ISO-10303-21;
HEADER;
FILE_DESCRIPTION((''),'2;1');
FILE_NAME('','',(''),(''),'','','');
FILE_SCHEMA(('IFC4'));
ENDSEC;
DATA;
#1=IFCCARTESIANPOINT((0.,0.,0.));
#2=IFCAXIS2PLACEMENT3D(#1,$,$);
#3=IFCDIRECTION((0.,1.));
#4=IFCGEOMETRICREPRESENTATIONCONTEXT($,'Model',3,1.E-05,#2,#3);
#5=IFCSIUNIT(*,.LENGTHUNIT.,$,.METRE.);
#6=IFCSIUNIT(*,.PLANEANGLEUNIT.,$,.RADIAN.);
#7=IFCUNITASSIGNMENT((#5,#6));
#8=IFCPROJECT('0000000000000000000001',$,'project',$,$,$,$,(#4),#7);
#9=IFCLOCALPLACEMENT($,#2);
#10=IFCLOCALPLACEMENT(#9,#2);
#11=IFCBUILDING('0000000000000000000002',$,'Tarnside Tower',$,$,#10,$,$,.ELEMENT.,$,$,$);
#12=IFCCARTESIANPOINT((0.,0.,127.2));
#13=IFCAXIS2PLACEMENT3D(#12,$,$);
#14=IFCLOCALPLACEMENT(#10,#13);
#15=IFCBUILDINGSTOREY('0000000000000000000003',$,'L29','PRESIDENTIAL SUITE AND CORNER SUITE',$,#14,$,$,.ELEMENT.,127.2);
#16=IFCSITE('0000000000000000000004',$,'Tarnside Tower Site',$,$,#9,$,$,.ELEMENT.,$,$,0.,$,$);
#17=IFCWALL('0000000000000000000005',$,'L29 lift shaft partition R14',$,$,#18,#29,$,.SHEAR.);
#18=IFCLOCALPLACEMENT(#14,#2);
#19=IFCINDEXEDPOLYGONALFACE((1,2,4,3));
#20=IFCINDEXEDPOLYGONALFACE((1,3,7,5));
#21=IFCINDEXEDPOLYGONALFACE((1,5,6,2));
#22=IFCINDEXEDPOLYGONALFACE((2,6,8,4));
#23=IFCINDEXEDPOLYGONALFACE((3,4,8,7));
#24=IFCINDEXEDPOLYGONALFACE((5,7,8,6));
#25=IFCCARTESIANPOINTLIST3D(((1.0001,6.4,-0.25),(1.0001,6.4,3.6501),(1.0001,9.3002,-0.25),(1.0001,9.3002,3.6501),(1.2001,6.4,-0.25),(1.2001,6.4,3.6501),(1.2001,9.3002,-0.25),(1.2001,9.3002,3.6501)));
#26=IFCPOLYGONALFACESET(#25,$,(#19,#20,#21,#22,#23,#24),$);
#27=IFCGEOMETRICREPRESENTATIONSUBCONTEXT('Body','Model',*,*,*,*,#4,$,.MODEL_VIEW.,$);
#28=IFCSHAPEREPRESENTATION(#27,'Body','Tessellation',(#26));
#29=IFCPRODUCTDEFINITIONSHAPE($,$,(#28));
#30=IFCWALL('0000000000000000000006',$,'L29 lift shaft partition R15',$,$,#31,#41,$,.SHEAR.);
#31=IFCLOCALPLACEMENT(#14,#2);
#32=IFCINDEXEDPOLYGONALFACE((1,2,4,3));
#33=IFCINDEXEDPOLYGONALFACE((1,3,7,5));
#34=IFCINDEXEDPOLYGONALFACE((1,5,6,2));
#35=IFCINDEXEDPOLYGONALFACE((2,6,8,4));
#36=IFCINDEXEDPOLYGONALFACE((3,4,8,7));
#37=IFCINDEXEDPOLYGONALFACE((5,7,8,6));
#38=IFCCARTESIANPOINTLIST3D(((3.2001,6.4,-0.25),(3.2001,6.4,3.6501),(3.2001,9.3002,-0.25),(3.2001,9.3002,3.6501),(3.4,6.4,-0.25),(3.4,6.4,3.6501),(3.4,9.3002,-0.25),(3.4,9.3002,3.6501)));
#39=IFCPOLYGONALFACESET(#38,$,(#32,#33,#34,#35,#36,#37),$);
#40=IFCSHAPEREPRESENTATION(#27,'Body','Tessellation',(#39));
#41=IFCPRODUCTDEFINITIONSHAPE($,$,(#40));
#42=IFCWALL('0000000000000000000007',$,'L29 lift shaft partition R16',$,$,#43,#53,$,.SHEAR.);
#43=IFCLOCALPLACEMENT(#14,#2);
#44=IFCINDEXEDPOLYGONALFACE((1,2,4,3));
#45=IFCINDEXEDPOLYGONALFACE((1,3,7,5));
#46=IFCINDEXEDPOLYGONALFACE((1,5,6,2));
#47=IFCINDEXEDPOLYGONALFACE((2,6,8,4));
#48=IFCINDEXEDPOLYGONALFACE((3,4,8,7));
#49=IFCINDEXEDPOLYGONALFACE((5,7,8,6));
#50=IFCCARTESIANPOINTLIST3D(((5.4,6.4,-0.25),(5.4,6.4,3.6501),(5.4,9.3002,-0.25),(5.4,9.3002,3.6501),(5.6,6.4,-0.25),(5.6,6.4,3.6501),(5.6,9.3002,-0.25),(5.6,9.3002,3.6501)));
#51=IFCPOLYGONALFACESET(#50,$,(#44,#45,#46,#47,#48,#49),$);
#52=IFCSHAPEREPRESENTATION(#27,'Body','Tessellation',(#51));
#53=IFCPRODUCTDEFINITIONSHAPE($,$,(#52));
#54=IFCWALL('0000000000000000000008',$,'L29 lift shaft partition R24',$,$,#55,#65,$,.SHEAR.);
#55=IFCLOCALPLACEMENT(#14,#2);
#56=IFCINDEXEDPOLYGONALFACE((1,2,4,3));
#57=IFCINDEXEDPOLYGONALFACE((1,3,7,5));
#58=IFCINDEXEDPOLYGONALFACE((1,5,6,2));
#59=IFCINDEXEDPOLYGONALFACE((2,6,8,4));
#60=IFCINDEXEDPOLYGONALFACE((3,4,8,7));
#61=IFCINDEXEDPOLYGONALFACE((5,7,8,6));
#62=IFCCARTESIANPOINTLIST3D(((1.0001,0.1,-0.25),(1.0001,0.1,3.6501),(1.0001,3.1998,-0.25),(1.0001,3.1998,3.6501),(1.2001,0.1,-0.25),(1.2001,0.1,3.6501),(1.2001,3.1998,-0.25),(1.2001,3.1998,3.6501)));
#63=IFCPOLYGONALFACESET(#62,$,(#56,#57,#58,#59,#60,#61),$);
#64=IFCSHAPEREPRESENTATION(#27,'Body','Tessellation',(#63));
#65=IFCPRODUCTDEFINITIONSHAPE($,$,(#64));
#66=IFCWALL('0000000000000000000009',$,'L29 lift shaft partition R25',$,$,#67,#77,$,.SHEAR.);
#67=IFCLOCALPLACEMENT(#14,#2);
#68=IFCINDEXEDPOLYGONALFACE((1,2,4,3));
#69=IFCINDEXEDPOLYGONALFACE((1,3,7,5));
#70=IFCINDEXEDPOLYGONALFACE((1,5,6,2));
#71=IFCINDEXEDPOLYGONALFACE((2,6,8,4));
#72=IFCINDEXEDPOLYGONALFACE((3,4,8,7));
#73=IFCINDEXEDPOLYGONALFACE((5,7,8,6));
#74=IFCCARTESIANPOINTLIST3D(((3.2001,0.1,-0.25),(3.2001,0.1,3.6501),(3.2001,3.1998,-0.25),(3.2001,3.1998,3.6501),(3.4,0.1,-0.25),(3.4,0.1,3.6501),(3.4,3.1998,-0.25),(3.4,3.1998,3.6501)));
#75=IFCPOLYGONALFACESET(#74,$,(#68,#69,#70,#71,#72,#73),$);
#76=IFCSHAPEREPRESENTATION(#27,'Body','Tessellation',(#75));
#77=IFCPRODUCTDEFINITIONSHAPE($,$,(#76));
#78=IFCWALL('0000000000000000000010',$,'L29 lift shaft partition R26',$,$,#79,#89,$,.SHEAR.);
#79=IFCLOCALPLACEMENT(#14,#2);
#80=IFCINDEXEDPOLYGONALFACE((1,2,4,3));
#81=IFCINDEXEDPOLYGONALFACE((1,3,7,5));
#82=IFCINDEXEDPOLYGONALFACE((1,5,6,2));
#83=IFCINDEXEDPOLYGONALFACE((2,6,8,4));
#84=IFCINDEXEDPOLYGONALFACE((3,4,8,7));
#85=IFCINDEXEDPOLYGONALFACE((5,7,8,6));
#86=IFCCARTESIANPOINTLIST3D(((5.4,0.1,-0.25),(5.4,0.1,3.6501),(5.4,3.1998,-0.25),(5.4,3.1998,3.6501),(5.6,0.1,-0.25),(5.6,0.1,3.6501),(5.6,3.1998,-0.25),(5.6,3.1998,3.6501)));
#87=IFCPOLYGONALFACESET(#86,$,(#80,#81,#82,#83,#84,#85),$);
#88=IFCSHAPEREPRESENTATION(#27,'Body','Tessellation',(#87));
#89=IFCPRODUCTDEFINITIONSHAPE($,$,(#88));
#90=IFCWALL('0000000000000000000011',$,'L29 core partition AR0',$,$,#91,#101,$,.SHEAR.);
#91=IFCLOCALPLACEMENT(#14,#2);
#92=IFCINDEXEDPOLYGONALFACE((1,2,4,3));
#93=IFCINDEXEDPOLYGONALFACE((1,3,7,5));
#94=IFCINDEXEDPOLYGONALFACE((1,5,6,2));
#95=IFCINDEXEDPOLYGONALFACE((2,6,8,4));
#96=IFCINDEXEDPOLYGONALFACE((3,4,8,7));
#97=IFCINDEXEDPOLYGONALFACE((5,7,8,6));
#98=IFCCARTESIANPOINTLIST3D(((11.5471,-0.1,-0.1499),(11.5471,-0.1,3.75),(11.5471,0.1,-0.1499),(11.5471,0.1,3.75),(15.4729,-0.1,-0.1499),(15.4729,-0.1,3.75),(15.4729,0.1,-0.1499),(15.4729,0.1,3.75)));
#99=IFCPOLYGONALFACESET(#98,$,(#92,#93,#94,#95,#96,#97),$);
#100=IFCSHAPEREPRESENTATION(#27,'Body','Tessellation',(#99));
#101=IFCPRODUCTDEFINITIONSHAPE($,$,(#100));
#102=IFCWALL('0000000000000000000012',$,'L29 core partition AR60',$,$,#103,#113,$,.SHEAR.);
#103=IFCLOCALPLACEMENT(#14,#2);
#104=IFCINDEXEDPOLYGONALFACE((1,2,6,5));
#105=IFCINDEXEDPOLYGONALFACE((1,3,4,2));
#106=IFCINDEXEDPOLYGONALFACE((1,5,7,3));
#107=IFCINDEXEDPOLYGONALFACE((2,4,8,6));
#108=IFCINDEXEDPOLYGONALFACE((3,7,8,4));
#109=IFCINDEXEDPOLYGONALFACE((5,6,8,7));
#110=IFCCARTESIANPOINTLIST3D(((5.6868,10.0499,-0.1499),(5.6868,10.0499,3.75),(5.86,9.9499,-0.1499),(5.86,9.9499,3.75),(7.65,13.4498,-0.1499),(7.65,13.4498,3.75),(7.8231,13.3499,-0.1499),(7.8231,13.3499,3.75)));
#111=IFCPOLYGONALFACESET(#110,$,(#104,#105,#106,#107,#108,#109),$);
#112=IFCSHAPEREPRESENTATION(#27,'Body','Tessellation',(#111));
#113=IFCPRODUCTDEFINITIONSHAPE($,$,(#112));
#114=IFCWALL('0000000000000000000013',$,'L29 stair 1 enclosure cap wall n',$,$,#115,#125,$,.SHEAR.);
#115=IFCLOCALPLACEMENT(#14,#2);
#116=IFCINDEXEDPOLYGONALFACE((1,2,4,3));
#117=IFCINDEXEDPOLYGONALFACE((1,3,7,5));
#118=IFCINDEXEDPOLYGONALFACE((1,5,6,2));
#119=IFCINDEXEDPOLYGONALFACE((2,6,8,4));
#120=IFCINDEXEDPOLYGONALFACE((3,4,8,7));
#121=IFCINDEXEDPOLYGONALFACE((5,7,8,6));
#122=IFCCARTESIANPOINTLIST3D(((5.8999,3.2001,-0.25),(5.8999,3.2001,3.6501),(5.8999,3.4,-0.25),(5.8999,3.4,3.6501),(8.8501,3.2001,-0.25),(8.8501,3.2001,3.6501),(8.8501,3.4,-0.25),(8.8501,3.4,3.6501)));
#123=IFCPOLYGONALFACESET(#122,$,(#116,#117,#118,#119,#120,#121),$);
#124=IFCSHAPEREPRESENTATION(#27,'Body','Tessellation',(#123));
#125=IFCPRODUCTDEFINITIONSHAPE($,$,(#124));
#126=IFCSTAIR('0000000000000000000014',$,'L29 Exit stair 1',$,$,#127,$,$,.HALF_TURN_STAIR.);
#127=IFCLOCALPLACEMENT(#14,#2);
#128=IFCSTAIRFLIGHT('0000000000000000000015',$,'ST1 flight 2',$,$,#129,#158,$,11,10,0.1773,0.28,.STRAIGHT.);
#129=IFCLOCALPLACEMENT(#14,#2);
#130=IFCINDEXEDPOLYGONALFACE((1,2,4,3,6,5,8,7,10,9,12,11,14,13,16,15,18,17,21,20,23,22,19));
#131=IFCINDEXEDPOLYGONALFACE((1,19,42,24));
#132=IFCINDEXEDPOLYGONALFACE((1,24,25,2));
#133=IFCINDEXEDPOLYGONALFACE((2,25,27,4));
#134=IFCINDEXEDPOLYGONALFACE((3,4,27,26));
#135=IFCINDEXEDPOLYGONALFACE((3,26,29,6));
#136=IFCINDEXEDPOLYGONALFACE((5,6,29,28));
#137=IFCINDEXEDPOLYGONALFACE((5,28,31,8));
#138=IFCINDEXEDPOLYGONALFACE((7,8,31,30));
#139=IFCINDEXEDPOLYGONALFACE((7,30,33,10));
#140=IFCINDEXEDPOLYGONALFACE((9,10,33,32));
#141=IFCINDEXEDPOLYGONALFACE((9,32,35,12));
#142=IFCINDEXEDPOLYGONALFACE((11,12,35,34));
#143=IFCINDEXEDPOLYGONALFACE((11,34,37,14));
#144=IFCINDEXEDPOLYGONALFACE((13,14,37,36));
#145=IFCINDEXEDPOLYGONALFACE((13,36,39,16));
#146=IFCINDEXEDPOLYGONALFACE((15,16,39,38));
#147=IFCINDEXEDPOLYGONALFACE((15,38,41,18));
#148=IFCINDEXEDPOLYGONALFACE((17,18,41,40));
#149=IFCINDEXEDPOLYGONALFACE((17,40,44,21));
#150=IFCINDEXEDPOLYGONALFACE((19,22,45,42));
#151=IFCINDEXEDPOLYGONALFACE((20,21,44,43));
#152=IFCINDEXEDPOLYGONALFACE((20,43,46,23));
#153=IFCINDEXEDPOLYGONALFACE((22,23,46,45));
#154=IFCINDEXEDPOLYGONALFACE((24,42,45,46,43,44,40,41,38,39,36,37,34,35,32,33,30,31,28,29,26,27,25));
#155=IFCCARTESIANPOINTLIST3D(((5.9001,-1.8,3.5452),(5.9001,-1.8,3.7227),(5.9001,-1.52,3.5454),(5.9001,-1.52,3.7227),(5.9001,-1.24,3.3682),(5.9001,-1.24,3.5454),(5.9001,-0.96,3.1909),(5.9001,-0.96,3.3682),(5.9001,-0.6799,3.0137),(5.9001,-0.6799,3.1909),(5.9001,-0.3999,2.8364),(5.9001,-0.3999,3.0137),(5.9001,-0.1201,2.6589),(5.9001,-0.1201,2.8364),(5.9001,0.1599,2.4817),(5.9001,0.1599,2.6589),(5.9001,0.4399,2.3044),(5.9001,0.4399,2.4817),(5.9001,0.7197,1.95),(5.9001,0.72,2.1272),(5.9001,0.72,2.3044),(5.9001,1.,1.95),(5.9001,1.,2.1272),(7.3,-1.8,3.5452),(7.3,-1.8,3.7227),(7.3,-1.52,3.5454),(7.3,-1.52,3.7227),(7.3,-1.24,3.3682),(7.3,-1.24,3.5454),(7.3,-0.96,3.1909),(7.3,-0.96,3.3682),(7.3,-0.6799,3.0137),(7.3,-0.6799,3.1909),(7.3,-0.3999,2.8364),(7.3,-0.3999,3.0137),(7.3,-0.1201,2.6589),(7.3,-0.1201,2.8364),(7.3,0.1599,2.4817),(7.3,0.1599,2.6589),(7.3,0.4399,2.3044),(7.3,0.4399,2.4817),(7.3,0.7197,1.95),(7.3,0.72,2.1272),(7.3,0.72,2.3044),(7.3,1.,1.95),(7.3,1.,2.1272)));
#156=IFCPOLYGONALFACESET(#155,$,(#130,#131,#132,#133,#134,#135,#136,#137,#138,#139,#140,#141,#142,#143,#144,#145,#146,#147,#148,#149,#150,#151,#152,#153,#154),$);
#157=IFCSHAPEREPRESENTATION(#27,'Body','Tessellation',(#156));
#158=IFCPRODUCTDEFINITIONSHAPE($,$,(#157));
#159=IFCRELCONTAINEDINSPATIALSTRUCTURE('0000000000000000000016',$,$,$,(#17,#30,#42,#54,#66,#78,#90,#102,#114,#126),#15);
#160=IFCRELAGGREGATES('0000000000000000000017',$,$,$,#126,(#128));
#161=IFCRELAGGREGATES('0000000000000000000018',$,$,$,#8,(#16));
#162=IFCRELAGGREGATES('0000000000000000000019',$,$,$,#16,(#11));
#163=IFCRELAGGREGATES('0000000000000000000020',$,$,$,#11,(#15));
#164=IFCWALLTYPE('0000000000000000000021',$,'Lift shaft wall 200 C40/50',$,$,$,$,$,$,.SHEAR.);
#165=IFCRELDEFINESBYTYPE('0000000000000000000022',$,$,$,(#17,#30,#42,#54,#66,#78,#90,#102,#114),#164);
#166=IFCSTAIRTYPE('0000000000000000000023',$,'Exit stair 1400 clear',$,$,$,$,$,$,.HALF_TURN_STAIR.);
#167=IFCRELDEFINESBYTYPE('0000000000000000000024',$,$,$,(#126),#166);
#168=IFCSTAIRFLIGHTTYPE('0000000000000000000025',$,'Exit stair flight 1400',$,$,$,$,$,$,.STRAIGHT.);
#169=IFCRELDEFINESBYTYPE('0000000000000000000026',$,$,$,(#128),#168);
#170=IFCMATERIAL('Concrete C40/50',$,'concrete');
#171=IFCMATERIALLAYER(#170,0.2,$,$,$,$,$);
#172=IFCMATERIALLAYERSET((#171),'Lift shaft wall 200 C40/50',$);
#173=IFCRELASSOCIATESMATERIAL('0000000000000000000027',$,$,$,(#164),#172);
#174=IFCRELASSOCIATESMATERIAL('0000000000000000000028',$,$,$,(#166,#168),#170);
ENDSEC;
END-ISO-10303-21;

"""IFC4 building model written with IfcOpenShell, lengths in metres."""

from ifc_helpers import new_model, si_unit, direction, frame, frame_2d, origin, place, context, subcontext, project, spatial, polyline, rectangle, outline, extrude, material, layer, layer_set, type_object, element, aggregate, save


model = new_model("IFC4")

# Units and contexts
model_context = context("Model", 3, precision=1e-05, world=origin(), true_north=direction((0.0, 1.0)))
body_context = subcontext(model_context, "Body", "Model", "MODEL_VIEW")
ifc_project = project(units=[si_unit("LENGTHUNIT", "METRE"), si_unit("PLANEANGLEUNIT", "RADIAN")], contexts=[model_context])

# Site, building, storey
site_placement = place(None, origin())
site = spatial("IfcSite", under=ifc_project, at=site_placement, Name="Tarnside Tower Site", CompositionType="ELEMENT", RefElevation=0.0)
building_placement = place(site_placement, origin())
building = spatial("IfcBuilding", under=site, at=building_placement, Name="Tarnside Tower", CompositionType="ELEMENT")
storey_placement = place(building_placement, frame((0.0, 0.0, 127.2)))
storey = spatial("IfcBuildingStorey", under=building, at=storey_placement, Name="L29", Description="PRESIDENTIAL SUITE AND CORNER SUITE", CompositionType="ELEMENT", Elevation=127.2)

# Walls
ifc_material_1 = material(Name="Concrete C40/50", Category="concrete")
ifc_layer_1 = layer(ifc_material_1, 0.2)
ifc_layer_set_1 = layer_set([ifc_layer_1], Name="Lift shaft wall 200 C40/50")
wall_type_1 = type_object("IfcWallType", Name="Lift shaft wall 200 C40/50", PredefinedType="SHEAR", material=ifc_layer_set_1)
for number, where, z_axis, x_axis, name in (
    (1, (1.1001, 6.3999, -0.25), (0.0, 0.0, 1.0), (0.0, 1.0, 0.0), "L29 lift shaft partition R14"),
    (2, (3.3, 6.3999, -0.25), (0.0, 0.0, 1.0), (0.0, 1.0, 0.0), "L29 lift shaft partition R15"),
    (3, (5.5, 6.3999, -0.25), (0.0, 0.0, 1.0), (0.0, 1.0, 0.0), "L29 lift shaft partition R16"),
):
    element("IfcWall", number, at=place(storey_placement, frame(where, z_axis=z_axis, x_axis=x_axis)), inside=storey, type_object=wall_type_1, Name=name, PredefinedType="SHEAR", context=body_context, shape_type="SweptSolid", body=[
        extrude(rectangle(XDim=2.9001, YDim=0.2, at=frame_2d((1.4502, 0.0))), origin(), (0.0, 0.0, 1.0), 3.9001),
    ])
for number, where, z_axis, x_axis, name in (
    (4, (1.1001, 0.1001, -0.25), (0.0, 0.0, 1.0), (0.0, 1.0, 0.0), "L29 lift shaft partition R24"),
    (5, (3.3, 0.1001, -0.25), (0.0, 0.0, 1.0), (0.0, 1.0, 0.0), "L29 lift shaft partition R25"),
    (6, (5.5, 0.1001, -0.25), (0.0, 0.0, 1.0), (0.0, 1.0, 0.0), "L29 lift shaft partition R26"),
):
    element("IfcWall", number, at=place(storey_placement, frame(where, z_axis=z_axis, x_axis=x_axis)), inside=storey, type_object=wall_type_1, Name=name, PredefinedType="SHEAR", context=body_context, shape_type="SweptSolid", body=[
        extrude(rectangle(XDim=3.0999, YDim=0.2, at=frame_2d((1.5498, 0.0))), origin(), (0.0, 0.0, 1.0), 3.9001),
    ])
wall_1_placement = place(storey_placement, frame((11.5471, 0.0, -0.1499), z_axis=(0.0, 0.0, 1.0), x_axis=(1.0, 0.0, 0.0)))
element("IfcWall", 7, at=wall_1_placement, inside=storey, type_object=wall_type_1, Name="L29 core partition AR0", PredefinedType="SHEAR", context=body_context, shape_type="SweptSolid", body=[
    extrude(rectangle(XDim=3.9258, YDim=0.2, at=frame_2d((1.9629, 0.0))), origin(), (0.0, 0.0, 1.0), 3.8999),
])
wall_2_placement = place(storey_placement, frame((5.7734, 10.0, -0.1499), z_axis=(0.0, 0.0, 1.0), x_axis=(0.500038, 0.866003, 0.0)))
element("IfcWall", 8, at=wall_2_placement, inside=storey, type_object=wall_type_1, Name="L29 core partition AR60", PredefinedType="SHEAR", context=body_context, shape_type="SweptSolid", body=[
    extrude(rectangle(XDim=3.926, YDim=0.2, at=frame_2d((1.9629, 0.0))), origin(), (0.0, 0.0, 1.0), 3.8999),
])
wall_3_placement = place(storey_placement, frame((5.8999, 3.3, -0.25), z_axis=(0.0, 0.0, 1.0), x_axis=(1.0, 0.0, 0.0)))
element("IfcWall", 9, at=wall_3_placement, inside=storey, type_object=wall_type_1, Name="L29 stair 1 enclosure cap wall n", PredefinedType="SHEAR", context=body_context, shape_type="SweptSolid", body=[
    extrude(rectangle(XDim=2.9502, YDim=0.2, at=frame_2d((1.4751, 0.0))), origin(), (0.0, 0.0, 1.0), 3.9001),
])

# Stair, stair flight
stair_type = type_object("IfcStairType", Name="Exit stair 1400 clear", PredefinedType="HALF_TURN_STAIR", material=ifc_material_1)
stair_placement = place(storey_placement, origin())
stair = element("IfcStair", 10, at=stair_placement, inside=storey, type_object=stair_type, Name="L29 Exit stair 1", PredefinedType="HALF_TURN_STAIR")
stair_flight_type = type_object("IfcStairFlightType", Name="Exit stair flight 1400", PredefinedType="STRAIGHT", material=ifc_material_1)
stair_flight_placement = place(storey_placement, frame((6.6001, 1.0, 1.95), z_axis=(0.0, 0.0, 1.0), x_axis=(0.0, -1.0, 0.0)))
stair_flight = element("IfcStairFlight", 11, at=stair_flight_placement, type_object=stair_flight_type, Name="ST1 flight 2", NumberOfRisers=11, NumberOfTreads=10, PredefinedType="STRAIGHT", RiserHeight=0.1773, TreadLength=0.28, context=body_context, shape_type="SweptSolid", body=[
    extrude(outline(polyline([(0.0, 0.0), (0.0, 0.1772), (0.28, 0.1772), (0.28, 0.3545), (0.5601, 0.3545), (0.5601, 0.5317), (0.8401, 0.5317), (0.8401, 0.709), (1.1201, 0.709), (1.1201, 0.8865), (1.3999, 0.8865), (1.3999, 1.0637), (1.6799, 1.0637), (1.6799, 1.241), (1.96, 1.241), (1.96, 1.4182), (2.24, 1.4182), (2.24, 1.5955), (2.52, 1.5955), (2.52, 1.7727), (2.8, 1.7727), (2.8, 1.95), (2.8, 1.5952), (0.2803, 0.0), (0.0, 0.0)])), frame((0.0, 0.7, 0.0), z_axis=(0.0, -1.0, 0.0), x_axis=(1.0, 0.0, 0.0)), (0.0, 0.0, 1.0), 1.3999),
])
aggregate(stair, [stair_flight])

save(model, "model.ifc")
